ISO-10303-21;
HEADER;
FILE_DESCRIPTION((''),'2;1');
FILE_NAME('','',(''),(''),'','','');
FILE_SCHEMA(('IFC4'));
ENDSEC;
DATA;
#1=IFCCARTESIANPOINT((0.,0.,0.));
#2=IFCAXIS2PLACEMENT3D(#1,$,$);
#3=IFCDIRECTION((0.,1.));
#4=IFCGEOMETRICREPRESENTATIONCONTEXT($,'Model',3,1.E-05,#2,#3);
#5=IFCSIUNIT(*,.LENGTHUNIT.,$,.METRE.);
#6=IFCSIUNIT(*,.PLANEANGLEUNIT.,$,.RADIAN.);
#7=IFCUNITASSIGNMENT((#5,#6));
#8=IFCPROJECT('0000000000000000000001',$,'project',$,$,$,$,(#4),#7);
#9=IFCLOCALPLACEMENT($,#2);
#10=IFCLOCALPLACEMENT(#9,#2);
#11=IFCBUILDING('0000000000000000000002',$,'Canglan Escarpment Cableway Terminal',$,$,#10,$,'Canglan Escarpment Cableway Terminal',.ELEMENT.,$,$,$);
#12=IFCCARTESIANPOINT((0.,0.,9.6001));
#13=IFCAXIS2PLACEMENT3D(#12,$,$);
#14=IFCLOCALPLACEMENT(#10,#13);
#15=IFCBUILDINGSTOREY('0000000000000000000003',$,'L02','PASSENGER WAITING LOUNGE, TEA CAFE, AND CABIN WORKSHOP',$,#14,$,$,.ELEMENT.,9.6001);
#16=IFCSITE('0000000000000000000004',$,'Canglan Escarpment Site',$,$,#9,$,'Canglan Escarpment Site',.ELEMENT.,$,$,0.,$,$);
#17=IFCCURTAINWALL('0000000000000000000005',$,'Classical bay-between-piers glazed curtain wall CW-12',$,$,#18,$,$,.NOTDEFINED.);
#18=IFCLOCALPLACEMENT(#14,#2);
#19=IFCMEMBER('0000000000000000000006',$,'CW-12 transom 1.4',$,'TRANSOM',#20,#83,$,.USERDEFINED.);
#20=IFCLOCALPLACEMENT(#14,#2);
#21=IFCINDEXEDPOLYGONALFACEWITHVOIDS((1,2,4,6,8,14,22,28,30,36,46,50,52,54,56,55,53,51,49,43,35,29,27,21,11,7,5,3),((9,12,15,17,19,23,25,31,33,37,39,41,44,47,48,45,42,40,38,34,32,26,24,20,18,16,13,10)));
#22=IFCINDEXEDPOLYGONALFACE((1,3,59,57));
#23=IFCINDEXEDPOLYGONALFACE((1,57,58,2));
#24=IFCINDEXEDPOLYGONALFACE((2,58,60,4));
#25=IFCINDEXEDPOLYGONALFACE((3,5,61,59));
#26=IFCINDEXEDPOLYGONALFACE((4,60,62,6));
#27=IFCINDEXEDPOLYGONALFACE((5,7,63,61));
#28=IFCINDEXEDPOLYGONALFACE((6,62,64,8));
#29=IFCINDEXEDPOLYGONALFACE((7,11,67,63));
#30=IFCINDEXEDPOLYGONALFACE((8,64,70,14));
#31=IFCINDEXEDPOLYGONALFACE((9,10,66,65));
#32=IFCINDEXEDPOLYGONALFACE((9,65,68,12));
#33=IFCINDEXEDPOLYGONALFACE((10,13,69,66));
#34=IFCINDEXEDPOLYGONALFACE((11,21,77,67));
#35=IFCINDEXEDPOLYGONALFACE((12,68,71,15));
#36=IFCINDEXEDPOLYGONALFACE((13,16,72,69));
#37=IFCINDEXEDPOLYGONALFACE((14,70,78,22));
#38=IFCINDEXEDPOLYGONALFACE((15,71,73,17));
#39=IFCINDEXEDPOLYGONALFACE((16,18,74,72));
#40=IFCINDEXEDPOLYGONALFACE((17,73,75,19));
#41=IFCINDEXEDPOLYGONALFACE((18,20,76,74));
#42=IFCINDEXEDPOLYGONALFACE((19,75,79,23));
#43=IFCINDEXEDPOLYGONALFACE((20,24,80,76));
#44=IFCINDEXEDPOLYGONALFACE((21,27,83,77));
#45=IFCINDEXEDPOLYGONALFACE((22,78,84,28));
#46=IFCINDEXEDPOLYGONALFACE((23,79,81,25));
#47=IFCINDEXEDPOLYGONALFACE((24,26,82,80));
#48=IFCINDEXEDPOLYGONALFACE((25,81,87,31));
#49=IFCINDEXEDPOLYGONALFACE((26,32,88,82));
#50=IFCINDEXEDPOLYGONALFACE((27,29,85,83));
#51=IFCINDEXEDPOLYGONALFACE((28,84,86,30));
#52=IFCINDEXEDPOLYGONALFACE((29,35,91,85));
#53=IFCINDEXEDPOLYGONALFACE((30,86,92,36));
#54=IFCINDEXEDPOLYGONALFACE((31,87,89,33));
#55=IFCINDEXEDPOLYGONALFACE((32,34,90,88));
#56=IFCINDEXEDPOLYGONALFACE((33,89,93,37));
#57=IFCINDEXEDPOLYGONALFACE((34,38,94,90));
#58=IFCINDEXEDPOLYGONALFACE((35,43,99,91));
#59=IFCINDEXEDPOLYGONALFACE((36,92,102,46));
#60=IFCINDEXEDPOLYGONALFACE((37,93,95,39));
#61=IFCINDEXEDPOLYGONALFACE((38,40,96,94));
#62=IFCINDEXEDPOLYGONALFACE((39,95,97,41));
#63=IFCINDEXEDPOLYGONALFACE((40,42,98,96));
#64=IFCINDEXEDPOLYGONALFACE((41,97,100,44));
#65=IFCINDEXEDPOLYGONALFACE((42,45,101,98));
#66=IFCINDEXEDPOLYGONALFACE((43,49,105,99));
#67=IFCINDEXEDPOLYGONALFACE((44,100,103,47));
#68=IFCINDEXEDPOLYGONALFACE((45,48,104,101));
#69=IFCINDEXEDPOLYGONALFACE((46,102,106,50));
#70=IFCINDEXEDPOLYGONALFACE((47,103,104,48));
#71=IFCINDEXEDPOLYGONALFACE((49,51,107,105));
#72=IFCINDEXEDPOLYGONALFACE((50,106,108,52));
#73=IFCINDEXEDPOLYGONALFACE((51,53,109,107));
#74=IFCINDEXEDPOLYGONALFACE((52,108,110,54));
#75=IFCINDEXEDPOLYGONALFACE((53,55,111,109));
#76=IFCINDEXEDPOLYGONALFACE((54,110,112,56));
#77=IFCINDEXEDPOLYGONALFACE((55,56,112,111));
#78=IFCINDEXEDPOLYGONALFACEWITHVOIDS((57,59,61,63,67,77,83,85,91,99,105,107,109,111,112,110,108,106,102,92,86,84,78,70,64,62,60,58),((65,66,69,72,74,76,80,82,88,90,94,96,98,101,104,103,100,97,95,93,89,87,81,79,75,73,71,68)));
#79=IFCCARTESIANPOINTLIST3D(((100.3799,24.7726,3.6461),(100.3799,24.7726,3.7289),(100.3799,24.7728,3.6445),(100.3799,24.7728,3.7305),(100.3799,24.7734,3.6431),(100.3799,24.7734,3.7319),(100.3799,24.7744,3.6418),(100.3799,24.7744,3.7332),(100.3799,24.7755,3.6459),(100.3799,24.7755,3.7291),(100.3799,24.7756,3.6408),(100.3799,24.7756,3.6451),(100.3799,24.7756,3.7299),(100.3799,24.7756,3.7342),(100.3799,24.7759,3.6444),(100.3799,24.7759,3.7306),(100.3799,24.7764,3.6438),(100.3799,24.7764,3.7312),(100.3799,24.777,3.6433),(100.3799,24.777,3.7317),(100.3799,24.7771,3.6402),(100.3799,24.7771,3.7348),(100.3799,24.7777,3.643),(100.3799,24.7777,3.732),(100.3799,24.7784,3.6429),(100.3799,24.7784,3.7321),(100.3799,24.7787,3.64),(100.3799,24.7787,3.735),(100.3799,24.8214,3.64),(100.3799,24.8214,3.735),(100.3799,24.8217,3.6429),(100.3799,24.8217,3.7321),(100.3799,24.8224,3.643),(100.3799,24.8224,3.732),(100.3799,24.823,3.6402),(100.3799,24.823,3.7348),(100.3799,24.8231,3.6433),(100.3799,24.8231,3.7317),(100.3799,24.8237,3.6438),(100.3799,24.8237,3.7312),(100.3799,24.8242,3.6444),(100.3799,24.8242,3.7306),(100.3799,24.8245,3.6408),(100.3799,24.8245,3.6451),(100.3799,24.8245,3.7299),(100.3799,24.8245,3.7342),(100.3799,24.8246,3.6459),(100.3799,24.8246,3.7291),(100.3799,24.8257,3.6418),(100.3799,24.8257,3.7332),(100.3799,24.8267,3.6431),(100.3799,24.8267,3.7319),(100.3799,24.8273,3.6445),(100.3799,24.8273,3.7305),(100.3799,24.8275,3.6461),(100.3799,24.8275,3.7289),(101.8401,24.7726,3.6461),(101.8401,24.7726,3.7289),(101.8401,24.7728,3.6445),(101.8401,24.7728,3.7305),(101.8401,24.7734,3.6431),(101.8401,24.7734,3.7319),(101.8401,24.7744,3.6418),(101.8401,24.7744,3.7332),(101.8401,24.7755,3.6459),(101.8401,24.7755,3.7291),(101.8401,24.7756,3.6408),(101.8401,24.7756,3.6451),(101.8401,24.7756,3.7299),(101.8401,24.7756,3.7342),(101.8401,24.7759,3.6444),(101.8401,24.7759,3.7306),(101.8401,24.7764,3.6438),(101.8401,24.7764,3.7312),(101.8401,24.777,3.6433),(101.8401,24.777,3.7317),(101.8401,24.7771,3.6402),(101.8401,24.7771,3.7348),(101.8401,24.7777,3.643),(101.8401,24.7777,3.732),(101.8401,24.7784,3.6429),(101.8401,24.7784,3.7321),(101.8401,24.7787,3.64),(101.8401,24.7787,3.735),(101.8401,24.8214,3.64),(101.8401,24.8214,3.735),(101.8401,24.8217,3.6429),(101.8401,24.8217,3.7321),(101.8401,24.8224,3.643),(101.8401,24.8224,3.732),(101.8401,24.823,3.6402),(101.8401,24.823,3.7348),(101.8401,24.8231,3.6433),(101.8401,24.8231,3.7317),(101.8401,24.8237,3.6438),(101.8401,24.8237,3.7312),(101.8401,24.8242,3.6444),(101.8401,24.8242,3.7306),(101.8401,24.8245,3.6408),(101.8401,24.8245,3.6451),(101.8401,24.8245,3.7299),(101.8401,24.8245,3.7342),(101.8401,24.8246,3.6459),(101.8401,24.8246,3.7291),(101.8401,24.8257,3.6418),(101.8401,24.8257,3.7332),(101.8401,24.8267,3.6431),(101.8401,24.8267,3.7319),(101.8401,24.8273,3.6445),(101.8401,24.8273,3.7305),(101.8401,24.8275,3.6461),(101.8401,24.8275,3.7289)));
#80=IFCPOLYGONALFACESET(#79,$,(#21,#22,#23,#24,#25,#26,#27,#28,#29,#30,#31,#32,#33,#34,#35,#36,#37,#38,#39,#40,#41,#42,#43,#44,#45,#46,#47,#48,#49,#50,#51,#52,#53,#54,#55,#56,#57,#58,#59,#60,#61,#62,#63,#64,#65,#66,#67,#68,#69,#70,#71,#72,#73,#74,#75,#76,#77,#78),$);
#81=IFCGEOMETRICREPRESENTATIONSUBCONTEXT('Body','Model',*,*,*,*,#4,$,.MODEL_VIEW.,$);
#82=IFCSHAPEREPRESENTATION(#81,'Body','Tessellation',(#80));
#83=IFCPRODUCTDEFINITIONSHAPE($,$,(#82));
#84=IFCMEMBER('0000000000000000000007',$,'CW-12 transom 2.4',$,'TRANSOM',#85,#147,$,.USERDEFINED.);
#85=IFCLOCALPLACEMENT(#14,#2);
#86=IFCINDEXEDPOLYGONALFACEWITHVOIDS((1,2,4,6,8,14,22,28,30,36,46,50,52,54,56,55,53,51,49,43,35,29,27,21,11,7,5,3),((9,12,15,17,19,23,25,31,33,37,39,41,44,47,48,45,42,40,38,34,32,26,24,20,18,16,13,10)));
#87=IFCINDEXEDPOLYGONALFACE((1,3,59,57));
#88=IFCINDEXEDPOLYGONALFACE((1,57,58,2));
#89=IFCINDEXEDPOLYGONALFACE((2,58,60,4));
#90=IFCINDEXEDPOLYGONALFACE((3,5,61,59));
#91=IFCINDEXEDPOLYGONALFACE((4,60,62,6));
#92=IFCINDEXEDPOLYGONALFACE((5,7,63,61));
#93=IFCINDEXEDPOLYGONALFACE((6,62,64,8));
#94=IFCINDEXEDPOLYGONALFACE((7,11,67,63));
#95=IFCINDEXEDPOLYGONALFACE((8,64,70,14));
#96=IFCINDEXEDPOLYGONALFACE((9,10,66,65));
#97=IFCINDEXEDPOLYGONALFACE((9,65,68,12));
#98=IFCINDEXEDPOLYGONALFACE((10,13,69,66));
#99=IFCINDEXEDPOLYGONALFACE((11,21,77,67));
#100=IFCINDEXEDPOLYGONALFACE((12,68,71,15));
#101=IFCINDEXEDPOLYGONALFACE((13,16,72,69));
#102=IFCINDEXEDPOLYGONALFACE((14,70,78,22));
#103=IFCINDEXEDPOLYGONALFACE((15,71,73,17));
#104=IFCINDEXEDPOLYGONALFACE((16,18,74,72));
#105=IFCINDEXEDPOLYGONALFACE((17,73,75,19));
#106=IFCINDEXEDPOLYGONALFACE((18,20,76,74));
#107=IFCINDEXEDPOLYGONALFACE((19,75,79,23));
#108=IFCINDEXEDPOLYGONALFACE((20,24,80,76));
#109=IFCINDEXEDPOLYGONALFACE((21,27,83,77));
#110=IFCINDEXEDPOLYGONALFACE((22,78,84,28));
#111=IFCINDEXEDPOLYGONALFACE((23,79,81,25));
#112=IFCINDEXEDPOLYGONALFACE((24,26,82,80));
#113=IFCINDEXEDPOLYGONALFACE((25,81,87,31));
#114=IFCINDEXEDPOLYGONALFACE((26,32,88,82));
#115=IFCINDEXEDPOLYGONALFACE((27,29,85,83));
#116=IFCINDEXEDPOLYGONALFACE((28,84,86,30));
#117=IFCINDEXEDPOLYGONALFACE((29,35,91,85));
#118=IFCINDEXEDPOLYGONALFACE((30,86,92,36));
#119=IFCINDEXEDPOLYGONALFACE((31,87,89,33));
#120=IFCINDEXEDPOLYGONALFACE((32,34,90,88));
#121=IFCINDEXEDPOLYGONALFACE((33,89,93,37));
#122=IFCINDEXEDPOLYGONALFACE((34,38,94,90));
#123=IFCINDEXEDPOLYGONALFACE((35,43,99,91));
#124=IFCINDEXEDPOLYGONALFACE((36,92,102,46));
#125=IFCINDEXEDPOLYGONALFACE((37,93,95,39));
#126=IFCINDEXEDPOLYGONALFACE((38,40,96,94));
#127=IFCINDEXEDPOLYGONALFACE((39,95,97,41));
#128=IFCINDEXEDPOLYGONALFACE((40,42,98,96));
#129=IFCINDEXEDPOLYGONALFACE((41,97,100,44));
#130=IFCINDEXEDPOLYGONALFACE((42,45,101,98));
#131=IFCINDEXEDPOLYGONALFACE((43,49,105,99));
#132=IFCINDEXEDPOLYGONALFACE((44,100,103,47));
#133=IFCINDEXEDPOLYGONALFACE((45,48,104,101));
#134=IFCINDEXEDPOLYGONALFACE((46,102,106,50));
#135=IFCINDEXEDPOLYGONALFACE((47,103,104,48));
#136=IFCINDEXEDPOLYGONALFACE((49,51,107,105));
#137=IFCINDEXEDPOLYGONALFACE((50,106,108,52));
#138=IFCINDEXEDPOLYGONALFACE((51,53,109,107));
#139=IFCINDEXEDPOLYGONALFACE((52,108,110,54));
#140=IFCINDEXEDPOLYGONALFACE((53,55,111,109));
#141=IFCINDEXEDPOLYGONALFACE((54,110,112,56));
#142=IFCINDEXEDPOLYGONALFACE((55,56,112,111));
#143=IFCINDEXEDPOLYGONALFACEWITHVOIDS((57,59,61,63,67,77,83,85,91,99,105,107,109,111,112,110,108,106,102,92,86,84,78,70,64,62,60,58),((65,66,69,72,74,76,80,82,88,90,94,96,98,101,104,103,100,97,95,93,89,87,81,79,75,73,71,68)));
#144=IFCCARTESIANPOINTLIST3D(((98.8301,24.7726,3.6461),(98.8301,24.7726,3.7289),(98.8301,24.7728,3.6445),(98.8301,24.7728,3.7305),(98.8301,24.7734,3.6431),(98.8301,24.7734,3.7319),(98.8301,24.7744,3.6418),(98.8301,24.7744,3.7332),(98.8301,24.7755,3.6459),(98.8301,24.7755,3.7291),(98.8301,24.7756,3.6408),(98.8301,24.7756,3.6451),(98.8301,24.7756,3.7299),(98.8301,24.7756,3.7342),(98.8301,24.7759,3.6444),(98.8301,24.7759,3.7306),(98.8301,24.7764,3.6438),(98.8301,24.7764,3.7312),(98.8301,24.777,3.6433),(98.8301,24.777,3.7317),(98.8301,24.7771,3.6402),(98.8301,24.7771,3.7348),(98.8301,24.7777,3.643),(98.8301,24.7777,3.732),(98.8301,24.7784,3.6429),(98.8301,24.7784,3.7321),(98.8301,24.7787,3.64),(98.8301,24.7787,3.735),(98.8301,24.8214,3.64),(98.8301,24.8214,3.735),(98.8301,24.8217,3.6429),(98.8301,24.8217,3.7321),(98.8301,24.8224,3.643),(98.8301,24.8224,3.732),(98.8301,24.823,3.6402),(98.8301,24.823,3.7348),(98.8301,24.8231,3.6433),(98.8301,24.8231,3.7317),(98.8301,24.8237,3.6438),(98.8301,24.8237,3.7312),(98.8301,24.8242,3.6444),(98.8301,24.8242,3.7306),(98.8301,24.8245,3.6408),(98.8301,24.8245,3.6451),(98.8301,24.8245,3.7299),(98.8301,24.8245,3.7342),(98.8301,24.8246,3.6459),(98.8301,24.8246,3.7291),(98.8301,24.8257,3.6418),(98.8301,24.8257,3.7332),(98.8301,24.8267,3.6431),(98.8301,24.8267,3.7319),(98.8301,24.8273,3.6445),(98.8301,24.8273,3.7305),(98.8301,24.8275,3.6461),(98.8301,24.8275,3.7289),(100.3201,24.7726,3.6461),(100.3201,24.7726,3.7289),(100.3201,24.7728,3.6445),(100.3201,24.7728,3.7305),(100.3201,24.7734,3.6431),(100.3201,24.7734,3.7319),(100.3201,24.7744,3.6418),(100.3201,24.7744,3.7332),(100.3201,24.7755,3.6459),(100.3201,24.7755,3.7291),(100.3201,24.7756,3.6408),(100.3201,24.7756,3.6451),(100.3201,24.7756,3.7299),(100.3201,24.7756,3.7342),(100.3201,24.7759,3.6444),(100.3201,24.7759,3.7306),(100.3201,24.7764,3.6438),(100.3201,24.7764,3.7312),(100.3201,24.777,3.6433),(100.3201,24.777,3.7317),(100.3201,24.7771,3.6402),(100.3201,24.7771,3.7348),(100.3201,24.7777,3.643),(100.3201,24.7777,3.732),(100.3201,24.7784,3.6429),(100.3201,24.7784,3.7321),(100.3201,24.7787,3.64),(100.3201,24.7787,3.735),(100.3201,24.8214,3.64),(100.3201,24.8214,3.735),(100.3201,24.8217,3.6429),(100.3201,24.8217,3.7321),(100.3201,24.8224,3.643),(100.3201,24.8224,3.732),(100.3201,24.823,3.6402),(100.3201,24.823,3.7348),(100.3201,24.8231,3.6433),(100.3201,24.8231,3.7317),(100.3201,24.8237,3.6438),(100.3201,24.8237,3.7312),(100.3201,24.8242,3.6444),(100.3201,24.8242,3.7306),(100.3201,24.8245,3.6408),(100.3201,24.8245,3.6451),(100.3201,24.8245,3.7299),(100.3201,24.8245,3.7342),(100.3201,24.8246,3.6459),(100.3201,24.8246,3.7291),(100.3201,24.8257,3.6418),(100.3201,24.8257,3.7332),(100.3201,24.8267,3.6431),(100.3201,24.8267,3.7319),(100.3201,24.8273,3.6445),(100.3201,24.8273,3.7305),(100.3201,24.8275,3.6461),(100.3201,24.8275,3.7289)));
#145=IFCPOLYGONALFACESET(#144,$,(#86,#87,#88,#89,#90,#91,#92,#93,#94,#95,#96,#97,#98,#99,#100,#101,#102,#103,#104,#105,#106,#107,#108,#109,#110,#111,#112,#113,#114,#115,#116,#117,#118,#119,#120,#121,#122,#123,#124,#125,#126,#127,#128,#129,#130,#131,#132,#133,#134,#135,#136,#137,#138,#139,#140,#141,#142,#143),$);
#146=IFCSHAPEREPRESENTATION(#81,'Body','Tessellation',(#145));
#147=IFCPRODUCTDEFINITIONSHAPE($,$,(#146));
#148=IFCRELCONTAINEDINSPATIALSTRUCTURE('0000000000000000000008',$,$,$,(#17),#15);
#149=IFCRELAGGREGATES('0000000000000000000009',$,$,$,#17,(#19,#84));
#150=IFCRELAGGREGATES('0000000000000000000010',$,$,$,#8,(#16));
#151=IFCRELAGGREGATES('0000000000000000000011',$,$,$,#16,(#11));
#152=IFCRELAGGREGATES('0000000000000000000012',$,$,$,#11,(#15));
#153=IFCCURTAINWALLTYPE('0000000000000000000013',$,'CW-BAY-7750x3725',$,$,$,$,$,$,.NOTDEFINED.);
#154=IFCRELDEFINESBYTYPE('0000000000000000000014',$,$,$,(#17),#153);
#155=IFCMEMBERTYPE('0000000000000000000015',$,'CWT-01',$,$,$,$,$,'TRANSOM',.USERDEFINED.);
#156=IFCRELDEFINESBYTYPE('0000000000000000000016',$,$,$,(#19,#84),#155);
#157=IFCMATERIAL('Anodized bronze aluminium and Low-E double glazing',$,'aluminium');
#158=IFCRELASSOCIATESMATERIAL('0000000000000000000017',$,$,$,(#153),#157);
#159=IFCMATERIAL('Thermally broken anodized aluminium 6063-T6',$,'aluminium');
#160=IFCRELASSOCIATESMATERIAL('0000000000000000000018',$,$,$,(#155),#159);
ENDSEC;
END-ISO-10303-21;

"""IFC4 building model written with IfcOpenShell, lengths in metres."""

from ifc_helpers import new_model, si_unit, direction, frame, origin, origin_2d, place, context, subcontext, project, spatial, hollow_rectangle, extrude, material, material_profile, profile_set, type_object, element, aggregate, save


model = new_model("IFC4")

# Units and contexts
model_context = context("Model", 3, precision=1e-05, world=origin(), true_north=direction((0.0, 1.0)))
body_context = subcontext(model_context, "Body", "Model", "MODEL_VIEW")
ifc_project = project(units=[si_unit("LENGTHUNIT", "METRE"), si_unit("PLANEANGLEUNIT", "RADIAN")], contexts=[model_context])

# Site, building, storey
site_placement = place(None, origin())
site = spatial("IfcSite", under=ifc_project, at=site_placement, Name="Canglan Escarpment Site", LongName="Canglan Escarpment Site", CompositionType="ELEMENT", RefElevation=0.0)
building_placement = place(site_placement, origin())
building = spatial("IfcBuilding", under=site, at=building_placement, Name="Canglan Escarpment Cableway Terminal", LongName="Canglan Escarpment Cableway Terminal", CompositionType="ELEMENT")
storey_placement = place(building_placement, frame((0.0, 0.0, 9.6001)))
storey = spatial("IfcBuildingStorey", under=building, at=storey_placement, Name="L02", Description="PASSENGER WAITING LOUNGE, TEA CAFE, AND CABIN WORKSHOP", CompositionType="ELEMENT", Elevation=9.6001)

# Curtain wall
ifc_material_1 = material(Name="Anodized bronze aluminium and Low-E double glazing", Category="aluminium")
curtain_wall_type = type_object("IfcCurtainWallType", Name="CW-BAY-7750x3725", PredefinedType="NOTDEFINED", material=ifc_material_1)
curtain_wall_1_placement = place(storey_placement, origin())
curtain_wall_1 = element("IfcCurtainWall", 1, at=curtain_wall_1_placement, inside=storey, type_object=curtain_wall_type, Name="Classical bay-between-piers glazed curtain wall CW-12", PredefinedType="NOTDEFINED")
ifc_material_2 = material(Name="Thermally broken anodized aluminium 6063-T6", Category="aluminium")

# Members
ifc_material_profile_1 = material_profile(ifc_material_2, hollow_rectangle(XDim=0.0549, YDim=0.095, WallThickness=0.0029, InnerFilletRadius=0.0029, OuterFilletRadius=0.0061, at=origin_2d()), Name="ALU-TRAN 55x95x3")
ifc_profile_set_1 = profile_set([ifc_material_profile_1], Name="Thermally broken anodized aluminium 6063-T6")
member_type_1 = type_object("IfcMemberType", Name="CWT-01", ElementType="TRANSOM", PredefinedType="USERDEFINED", material=ifc_profile_set_1)
member_1_placement = place(storey_placement, frame((101.8401, 24.8, 3.6875), z_axis=(-1.0, 0.0, 0.0), x_axis=(0.0, -1.0, 0.0)))
member_1 = element("IfcMember", 2, at=member_1_placement, type_object=member_type_1, Name="CW-12 transom 1.4", ObjectType="TRANSOM", PredefinedType="USERDEFINED", context=body_context, shape_type="SweptSolid", body=[
    extrude(hollow_rectangle(XDim=0.0549, YDim=0.095, WallThickness=0.0029, InnerFilletRadius=0.0029, OuterFilletRadius=0.0061, at=origin_2d()), origin(), (0.0, 0.0, 1.0), 1.4602),
])
member_2_placement = place(storey_placement, frame((100.3201, 24.8, 3.6875), z_axis=(-1.0, 0.0, 0.0), x_axis=(0.0, -1.0, 0.0)))
member_2 = element("IfcMember", 3, at=member_2_placement, type_object=member_type_1, Name="CW-12 transom 2.4", ObjectType="TRANSOM", PredefinedType="USERDEFINED", context=body_context, shape_type="SweptSolid", body=[
    extrude(hollow_rectangle(XDim=0.0549, YDim=0.095, WallThickness=0.0029, InnerFilletRadius=0.0029, OuterFilletRadius=0.0061, at=origin_2d()), origin(), (0.0, 0.0, 1.0), 1.49),
])

aggregate(curtain_wall_1, [member_1, member_2])

save(model, "model.ifc")
